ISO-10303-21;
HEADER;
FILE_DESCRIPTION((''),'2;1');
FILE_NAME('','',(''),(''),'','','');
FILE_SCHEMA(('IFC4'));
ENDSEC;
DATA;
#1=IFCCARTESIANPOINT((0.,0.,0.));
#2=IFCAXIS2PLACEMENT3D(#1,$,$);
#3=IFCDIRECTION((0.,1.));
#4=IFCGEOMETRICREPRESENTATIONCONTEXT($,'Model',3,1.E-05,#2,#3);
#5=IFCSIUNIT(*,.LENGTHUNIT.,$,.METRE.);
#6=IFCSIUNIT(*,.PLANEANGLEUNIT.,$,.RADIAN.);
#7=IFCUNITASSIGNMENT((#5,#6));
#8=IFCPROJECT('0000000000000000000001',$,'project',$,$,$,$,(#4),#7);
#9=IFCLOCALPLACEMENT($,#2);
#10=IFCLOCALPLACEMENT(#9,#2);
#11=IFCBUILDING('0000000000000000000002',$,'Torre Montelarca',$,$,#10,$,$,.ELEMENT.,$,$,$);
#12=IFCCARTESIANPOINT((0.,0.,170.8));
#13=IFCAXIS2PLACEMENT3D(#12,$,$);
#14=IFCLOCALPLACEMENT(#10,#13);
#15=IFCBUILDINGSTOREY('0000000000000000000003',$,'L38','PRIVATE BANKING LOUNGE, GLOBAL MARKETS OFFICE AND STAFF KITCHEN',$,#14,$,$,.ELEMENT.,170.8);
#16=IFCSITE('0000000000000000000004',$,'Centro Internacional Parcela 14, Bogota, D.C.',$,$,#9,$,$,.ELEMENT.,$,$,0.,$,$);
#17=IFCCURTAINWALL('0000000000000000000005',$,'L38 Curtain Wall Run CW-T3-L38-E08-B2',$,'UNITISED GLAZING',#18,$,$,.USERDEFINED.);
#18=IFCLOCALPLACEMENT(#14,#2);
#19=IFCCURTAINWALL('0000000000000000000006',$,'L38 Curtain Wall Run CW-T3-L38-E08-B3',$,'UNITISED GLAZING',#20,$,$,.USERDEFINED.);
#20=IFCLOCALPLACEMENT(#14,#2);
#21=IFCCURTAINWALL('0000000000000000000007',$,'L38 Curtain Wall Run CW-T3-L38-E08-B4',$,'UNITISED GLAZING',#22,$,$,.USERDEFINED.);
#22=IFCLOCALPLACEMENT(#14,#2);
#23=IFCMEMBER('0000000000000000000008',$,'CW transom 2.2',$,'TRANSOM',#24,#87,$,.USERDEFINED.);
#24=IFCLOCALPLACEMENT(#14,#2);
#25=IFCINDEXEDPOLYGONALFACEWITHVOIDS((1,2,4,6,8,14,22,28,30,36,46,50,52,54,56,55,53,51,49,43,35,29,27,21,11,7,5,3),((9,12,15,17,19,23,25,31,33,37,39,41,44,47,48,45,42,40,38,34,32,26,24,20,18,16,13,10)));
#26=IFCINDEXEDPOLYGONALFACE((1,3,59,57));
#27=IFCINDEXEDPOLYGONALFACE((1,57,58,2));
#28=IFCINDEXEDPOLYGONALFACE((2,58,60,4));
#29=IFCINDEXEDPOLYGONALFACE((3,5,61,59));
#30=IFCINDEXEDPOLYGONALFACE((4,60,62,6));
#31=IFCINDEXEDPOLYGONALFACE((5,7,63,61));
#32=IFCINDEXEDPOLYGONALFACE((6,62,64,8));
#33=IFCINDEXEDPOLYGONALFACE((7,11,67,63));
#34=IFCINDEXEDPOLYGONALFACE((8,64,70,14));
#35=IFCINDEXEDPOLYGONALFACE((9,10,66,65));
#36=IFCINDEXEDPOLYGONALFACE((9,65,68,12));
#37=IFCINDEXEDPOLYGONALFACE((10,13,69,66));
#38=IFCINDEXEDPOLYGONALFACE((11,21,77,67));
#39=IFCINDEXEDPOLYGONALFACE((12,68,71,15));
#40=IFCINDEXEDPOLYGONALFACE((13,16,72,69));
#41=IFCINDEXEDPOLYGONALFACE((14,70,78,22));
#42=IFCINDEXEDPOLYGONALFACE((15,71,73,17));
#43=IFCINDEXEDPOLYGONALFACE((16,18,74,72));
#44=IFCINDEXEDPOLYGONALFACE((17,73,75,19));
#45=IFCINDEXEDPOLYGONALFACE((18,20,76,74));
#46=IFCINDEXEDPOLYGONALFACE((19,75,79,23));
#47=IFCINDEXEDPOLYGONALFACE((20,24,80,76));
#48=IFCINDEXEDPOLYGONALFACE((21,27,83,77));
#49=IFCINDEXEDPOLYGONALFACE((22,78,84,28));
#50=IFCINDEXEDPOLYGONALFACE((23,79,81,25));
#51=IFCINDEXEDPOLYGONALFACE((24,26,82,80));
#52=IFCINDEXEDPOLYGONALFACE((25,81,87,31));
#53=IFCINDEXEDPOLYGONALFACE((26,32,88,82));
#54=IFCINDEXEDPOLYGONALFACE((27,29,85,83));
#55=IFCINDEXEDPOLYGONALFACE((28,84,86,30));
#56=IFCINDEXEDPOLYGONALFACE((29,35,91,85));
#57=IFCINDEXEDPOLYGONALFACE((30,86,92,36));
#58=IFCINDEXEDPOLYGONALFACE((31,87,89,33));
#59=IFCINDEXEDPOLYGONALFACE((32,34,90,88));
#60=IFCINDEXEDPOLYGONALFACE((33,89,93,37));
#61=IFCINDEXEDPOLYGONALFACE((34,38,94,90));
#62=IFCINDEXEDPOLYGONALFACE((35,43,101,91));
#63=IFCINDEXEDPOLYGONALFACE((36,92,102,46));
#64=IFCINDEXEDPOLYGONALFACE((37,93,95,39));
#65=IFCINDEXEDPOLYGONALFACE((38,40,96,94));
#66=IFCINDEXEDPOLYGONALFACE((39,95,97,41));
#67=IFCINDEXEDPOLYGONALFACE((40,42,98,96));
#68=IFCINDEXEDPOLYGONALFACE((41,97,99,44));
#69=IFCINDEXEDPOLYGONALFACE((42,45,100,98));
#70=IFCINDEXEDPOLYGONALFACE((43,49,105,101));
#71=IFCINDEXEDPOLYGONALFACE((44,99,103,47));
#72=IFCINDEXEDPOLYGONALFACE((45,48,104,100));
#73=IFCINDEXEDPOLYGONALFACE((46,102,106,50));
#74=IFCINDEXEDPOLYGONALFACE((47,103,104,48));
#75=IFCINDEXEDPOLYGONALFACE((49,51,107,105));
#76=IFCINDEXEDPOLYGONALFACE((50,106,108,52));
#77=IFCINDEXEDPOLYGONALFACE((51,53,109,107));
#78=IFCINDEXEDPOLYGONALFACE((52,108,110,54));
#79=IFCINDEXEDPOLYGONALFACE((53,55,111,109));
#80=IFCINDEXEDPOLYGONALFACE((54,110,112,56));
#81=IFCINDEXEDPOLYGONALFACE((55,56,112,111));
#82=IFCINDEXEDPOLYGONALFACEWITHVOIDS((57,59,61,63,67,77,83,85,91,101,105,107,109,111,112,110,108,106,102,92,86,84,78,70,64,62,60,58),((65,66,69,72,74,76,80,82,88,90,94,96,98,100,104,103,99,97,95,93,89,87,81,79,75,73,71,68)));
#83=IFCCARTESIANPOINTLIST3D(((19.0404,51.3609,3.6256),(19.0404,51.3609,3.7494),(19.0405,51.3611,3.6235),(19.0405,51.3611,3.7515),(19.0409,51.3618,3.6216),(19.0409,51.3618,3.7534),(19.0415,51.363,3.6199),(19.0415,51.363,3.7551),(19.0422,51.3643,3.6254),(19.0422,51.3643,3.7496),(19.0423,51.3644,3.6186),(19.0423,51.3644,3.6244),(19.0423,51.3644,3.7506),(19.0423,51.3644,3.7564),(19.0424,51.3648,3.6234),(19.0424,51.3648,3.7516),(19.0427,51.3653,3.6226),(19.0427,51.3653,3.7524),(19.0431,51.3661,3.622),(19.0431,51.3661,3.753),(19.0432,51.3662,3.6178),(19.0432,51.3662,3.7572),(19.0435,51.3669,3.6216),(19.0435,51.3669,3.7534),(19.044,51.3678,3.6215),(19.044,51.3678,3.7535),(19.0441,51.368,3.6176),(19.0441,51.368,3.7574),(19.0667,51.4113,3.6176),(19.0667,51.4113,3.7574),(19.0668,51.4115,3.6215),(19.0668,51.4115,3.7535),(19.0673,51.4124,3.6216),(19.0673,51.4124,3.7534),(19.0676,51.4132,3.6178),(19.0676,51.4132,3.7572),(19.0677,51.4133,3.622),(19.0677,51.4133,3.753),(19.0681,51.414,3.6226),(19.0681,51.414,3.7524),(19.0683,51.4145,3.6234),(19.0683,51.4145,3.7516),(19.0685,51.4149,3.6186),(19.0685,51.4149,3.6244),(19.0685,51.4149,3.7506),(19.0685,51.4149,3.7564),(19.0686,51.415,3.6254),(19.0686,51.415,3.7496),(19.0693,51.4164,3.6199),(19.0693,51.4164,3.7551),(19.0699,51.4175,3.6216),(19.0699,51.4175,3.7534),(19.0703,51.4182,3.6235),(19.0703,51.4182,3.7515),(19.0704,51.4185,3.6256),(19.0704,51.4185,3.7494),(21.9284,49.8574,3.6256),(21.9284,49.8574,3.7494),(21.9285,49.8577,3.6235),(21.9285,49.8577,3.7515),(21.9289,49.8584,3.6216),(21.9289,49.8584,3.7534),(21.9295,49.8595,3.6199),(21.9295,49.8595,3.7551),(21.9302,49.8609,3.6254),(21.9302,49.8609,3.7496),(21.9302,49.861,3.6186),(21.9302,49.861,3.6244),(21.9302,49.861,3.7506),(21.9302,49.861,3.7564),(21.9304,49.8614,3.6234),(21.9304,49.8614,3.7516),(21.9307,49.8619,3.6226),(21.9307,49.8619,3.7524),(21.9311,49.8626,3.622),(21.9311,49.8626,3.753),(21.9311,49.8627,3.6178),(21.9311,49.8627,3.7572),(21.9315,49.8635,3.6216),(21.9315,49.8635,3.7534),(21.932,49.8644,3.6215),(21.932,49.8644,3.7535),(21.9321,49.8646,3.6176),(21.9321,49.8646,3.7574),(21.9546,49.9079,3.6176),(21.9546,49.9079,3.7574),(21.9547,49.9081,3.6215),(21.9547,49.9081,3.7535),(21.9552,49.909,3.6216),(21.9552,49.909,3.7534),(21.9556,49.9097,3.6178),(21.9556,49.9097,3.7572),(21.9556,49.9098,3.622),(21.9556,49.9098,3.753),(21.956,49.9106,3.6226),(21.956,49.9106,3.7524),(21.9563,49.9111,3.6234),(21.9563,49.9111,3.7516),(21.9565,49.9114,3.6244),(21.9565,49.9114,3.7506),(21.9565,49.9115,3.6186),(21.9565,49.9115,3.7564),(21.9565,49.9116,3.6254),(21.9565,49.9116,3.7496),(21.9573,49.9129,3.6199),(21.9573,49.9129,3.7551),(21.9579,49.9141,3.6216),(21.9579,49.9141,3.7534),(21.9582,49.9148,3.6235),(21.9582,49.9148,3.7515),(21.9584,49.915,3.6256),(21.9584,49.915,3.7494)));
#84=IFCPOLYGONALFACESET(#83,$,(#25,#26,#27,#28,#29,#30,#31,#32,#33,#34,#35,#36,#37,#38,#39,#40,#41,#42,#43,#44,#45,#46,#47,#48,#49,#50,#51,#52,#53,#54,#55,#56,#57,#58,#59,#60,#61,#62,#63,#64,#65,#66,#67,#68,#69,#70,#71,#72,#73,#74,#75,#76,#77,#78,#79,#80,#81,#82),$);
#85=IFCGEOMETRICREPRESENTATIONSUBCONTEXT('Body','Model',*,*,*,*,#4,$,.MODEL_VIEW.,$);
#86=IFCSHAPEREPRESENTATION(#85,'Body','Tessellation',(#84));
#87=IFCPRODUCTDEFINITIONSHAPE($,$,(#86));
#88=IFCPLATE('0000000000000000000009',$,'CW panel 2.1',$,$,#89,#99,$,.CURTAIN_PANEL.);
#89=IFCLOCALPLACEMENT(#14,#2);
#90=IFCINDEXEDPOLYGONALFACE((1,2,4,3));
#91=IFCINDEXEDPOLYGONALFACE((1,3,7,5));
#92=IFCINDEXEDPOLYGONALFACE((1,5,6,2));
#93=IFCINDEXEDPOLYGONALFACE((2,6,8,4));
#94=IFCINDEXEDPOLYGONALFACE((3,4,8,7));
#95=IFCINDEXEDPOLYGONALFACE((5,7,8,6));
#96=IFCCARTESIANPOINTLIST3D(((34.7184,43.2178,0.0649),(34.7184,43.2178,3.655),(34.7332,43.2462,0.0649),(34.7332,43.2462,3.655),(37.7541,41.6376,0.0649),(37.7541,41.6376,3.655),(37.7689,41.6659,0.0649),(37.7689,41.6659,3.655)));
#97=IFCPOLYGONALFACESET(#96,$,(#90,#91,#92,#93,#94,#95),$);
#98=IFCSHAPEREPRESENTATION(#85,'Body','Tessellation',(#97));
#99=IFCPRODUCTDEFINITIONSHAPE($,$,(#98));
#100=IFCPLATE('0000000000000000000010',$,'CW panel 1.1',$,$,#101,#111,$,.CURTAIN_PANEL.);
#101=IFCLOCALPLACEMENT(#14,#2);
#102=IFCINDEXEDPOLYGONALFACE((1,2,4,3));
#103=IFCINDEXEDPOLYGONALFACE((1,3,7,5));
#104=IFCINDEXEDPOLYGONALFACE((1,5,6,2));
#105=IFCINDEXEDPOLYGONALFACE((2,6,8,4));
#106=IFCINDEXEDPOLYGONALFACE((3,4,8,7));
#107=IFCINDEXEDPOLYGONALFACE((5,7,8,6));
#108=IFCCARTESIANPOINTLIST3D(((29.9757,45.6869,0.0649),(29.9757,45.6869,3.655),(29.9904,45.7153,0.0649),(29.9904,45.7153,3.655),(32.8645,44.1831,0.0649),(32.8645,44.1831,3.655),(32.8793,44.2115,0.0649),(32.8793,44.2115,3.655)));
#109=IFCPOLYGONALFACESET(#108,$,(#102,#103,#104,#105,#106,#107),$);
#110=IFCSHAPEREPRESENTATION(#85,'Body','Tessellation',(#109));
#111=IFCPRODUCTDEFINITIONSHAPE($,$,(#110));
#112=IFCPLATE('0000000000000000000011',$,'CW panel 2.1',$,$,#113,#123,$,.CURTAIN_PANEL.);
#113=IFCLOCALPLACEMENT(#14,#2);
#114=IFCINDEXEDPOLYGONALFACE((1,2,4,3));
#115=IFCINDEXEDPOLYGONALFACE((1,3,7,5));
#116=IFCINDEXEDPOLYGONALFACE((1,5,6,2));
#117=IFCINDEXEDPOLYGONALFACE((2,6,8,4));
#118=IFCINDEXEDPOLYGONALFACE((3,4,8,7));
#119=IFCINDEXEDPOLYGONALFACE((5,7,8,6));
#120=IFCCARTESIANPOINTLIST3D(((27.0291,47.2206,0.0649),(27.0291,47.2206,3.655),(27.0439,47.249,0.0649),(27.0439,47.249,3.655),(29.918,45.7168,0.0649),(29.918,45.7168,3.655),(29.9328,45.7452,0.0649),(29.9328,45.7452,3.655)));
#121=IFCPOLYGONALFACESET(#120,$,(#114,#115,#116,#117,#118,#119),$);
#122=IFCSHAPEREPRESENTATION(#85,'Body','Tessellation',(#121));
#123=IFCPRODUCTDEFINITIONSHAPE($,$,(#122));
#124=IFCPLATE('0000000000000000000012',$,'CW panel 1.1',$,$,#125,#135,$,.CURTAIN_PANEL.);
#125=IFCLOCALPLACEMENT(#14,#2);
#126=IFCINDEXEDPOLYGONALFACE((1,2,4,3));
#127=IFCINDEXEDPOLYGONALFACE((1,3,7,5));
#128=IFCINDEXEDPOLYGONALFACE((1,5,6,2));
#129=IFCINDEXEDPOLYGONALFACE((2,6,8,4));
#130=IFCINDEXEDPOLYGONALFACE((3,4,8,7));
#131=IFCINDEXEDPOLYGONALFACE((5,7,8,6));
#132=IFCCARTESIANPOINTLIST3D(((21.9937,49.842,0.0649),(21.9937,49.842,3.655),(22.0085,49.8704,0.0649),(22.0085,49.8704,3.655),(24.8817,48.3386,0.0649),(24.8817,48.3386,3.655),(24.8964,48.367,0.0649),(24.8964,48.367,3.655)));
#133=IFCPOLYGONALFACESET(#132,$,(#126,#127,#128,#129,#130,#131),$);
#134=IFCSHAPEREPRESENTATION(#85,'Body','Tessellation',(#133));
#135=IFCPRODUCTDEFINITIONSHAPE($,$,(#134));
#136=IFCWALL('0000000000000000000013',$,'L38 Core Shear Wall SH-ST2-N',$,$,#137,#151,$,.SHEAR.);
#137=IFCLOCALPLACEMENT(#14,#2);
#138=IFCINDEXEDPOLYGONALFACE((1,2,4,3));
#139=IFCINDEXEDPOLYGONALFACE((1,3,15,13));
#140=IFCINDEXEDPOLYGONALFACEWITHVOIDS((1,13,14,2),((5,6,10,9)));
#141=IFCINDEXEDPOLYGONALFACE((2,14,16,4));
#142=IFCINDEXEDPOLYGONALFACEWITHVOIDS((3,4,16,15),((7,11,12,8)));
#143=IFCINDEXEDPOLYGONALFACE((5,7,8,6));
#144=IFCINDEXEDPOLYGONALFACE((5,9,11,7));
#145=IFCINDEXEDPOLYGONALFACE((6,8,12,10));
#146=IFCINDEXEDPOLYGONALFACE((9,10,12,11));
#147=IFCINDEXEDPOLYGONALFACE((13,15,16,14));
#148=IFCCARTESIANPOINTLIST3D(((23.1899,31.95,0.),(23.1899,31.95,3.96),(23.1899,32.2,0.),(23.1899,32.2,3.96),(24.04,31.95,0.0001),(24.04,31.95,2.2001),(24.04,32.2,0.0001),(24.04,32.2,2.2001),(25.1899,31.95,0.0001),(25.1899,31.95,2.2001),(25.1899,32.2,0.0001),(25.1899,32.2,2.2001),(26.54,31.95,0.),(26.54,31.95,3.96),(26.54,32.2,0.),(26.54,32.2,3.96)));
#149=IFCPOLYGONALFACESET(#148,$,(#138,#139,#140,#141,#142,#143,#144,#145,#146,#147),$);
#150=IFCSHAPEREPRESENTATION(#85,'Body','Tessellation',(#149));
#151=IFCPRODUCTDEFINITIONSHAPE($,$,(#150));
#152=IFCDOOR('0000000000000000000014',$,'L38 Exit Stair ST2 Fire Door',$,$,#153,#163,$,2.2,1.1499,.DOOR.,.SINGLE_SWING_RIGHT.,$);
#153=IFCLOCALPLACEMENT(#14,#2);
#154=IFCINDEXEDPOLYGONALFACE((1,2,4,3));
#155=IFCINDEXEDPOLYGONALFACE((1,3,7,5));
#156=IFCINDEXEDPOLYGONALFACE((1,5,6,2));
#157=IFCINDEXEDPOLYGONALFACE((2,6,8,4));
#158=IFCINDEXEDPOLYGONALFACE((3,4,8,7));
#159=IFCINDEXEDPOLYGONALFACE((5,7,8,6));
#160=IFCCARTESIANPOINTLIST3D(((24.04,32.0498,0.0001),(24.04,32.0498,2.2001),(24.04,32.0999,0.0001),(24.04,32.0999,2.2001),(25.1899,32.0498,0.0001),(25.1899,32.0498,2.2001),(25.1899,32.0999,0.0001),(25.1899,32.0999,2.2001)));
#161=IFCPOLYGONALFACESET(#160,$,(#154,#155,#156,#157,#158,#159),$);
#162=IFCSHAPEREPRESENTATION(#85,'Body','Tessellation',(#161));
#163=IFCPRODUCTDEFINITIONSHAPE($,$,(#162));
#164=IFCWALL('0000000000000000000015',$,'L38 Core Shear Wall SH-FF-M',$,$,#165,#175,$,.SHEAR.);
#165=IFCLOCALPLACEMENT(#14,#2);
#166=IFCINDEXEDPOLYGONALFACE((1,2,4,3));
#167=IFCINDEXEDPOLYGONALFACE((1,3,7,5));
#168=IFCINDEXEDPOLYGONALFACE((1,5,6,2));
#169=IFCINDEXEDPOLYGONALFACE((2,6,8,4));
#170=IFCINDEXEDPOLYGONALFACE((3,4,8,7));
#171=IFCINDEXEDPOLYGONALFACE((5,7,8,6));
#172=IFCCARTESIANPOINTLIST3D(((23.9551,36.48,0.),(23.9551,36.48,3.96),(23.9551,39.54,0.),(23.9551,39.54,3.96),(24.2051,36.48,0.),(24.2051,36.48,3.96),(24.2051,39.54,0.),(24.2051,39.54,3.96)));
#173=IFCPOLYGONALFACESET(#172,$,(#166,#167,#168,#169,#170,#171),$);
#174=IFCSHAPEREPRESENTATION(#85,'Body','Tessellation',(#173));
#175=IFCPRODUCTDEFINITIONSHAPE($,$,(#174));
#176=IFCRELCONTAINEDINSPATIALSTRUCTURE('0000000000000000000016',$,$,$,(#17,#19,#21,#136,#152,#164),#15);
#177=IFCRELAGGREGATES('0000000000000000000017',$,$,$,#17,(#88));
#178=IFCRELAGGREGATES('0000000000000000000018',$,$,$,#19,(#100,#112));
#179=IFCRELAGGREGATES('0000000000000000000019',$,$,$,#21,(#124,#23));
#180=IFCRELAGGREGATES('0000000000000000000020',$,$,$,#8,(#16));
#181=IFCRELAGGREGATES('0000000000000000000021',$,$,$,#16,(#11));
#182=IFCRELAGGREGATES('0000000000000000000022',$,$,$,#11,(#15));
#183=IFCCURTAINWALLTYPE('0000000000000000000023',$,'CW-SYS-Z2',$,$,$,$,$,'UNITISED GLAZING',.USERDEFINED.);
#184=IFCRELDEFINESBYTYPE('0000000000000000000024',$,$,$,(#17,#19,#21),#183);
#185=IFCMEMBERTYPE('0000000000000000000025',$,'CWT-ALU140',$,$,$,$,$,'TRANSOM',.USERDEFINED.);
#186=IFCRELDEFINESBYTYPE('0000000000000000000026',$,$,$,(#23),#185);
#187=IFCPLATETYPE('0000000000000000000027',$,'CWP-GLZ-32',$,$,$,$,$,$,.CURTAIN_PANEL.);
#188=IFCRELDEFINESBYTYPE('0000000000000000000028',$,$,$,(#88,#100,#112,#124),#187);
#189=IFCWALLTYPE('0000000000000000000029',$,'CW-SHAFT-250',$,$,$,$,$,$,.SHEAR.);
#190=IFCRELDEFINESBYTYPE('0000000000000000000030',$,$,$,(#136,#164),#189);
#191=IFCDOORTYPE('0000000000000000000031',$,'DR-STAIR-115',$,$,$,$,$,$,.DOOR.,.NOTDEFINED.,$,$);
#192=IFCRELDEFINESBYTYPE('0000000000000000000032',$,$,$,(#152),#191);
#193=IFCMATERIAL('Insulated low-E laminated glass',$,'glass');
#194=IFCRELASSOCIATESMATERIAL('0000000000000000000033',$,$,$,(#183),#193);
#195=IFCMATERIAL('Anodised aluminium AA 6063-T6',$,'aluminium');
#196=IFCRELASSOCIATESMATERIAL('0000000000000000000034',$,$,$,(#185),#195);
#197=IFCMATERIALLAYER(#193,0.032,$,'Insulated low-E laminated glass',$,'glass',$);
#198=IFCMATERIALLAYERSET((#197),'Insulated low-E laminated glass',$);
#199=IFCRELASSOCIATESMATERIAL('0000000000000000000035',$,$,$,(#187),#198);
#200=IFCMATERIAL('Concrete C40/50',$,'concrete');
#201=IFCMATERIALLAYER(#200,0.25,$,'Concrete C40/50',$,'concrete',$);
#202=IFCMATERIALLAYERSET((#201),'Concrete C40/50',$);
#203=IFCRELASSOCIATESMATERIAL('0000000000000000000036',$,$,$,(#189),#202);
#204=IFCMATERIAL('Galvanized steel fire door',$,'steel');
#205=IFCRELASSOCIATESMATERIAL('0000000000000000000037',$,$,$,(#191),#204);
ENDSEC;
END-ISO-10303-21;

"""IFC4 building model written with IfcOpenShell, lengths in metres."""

from ifc_helpers import new_model, si_unit, direction, frame, frame_2d, origin, origin_2d, place, context, subcontext, project, spatial, rectangle, hollow_rectangle, extrude, source, transform, mapped, material, layer, layer_set, material_profile, profile_set, type_object, element, fill, aggregate, save


model = new_model("IFC4")

# Units and contexts
model_context = context("Model", 3, precision=1e-05, world=origin(), true_north=direction((0.0, 1.0)))
body_context = subcontext(model_context, "Body", "Model", "MODEL_VIEW")
ifc_project = project(units=[si_unit("LENGTHUNIT", "METRE"), si_unit("PLANEANGLEUNIT", "RADIAN")], contexts=[model_context])

# Site, building, storey
site_placement = place(None, origin())
site = spatial("IfcSite", under=ifc_project, at=site_placement, Name="Centro Internacional Parcela 14, Bogota, D.C.", CompositionType="ELEMENT", RefElevation=0.0)
building_placement = place(site_placement, origin())
building = spatial("IfcBuilding", under=site, at=building_placement, Name="Torre Montelarca", CompositionType="ELEMENT")
storey_placement = place(building_placement, frame((0.0, 0.0, 170.8)))
storey = spatial("IfcBuildingStorey", under=building, at=storey_placement, Name="L38", Description="PRIVATE BANKING LOUNGE, GLOBAL MARKETS OFFICE AND STAFF KITCHEN", CompositionType="ELEMENT", Elevation=170.8)

# Curtain wall
ifc_material_1 = material(Name="Insulated low-E laminated glass", Category="glass")
curtain_wall_type = type_object("IfcCurtainWallType", Name="CW-SYS-Z2", ElementType="UNITISED GLAZING", PredefinedType="USERDEFINED", material=ifc_material_1)
curtain_wall_1_placement = place(storey_placement, origin())
curtain_wall_1 = element("IfcCurtainWall", 1, at=curtain_wall_1_placement, inside=storey, type_object=curtain_wall_type, Name="L38 Curtain Wall Run CW-T3-L38-E08-B2", ObjectType="UNITISED GLAZING", PredefinedType="USERDEFINED")
ifc_material_2 = material(Name="Anodised aluminium AA 6063-T6", Category="aluminium")

# Curtain walls
curtain_wall_2_placement = place(storey_placement, origin())
curtain_wall_2 = element("IfcCurtainWall", 2, at=curtain_wall_2_placement, inside=storey, type_object=curtain_wall_type, Name="L38 Curtain Wall Run CW-T3-L38-E08-B3", ObjectType="UNITISED GLAZING", PredefinedType="USERDEFINED")
curtain_wall_3_placement = place(storey_placement, origin())
curtain_wall_3 = element("IfcCurtainWall", 3, at=curtain_wall_3_placement, inside=storey, type_object=curtain_wall_type, Name="L38 Curtain Wall Run CW-T3-L38-E08-B4", ObjectType="UNITISED GLAZING", PredefinedType="USERDEFINED")

# Member
ifc_material_profile_1 = material_profile(ifc_material_2, hollow_rectangle(XDim=0.0649, YDim=0.1399, WallThickness=0.0039, InnerFilletRadius=0.0039, OuterFilletRadius=0.0081, at=origin_2d()), Name="ALU65X140X4", Category="aluminium")
ifc_profile_set_1 = profile_set([ifc_material_profile_1], Name="Anodised aluminium AA 6063-T6")
member_type_1 = type_object("IfcMemberType", Name="CWT-ALU140", ElementType="TRANSOM", PredefinedType="USERDEFINED", material=ifc_profile_set_1)
shared_shape_1 = source(origin(), body_context, "Body", "SweptSolid", [
    extrude(hollow_rectangle(XDim=0.0649, YDim=0.1399, WallThickness=0.0039, InnerFilletRadius=0.0039, OuterFilletRadius=0.0081, at=origin_2d()), origin(), (0.0, 0.0, 1.0), 3.2559),
])
member_1_placement = place(storey_placement, frame((21.9434, 49.8862, 3.6875), z_axis=(-0.887004, 0.461761, 0.0), x_axis=(-0.461761, -0.887004, 0.0)))
member_1 = element("IfcMember", 4, at=member_1_placement, type_object=member_type_1, Name="CW transom 2.2", ObjectType="TRANSOM", PredefinedType="USERDEFINED", context=body_context, shape_type="MappedRepresentation", body=[
    mapped(shared_shape_1, transform((0.0, 0.0, 0.0), scale=1.0)),
])

# Plates
ifc_layer_1 = layer(ifc_material_1, 0.032, Name="Insulated low-E laminated glass", Category="glass")
ifc_layer_set_1 = layer_set([ifc_layer_1], Name="Insulated low-E laminated glass")
plate_type = type_object("IfcPlateType", Name="CWP-GLZ-32", PredefinedType="CURTAIN_PANEL", material=ifc_layer_set_1)
shared_shape_2 = source(origin(), body_context, "Body", "SweptSolid", [
    extrude(rectangle(XDim=3.4224, YDim=0.032, at=origin_2d()), origin(), (0.0, 0.0, 1.0), 3.5901),
])
plate_1_placement = place(storey_placement, frame((36.2437, 42.4419, 0.0649), z_axis=(0.0, 0.0, 1.0), x_axis=(-0.887013, 0.461745, 0.0)))
plate_1 = element("IfcPlate", 5, at=plate_1_placement, type_object=plate_type, Name="CW panel 2.1", PredefinedType="CURTAIN_PANEL", context=body_context, shape_type="MappedRepresentation", body=[
    mapped(shared_shape_2, transform((0.0, 0.0, 0.0), scale=1.0)),
])
aggregate(curtain_wall_1, [plate_1])
shared_shape_3 = source(origin(), body_context, "Body", "SweptSolid", [
    extrude(rectangle(XDim=3.2568, YDim=0.032, at=origin_2d()), origin(), (0.0, 0.0, 1.0), 3.5901),
])
plate_2_placement = place(storey_placement, frame((31.4275, 44.9492, 0.0649), z_axis=(0.0, 0.0, 1.0), x_axis=(-0.887013, 0.461744, 0.0)))
plate_2 = element("IfcPlate", 6, at=plate_2_placement, type_object=plate_type, Name="CW panel 1.1", PredefinedType="CURTAIN_PANEL", context=body_context, shape_type="MappedRepresentation", body=[
    mapped(shared_shape_3, transform((0.0, 0.0, 0.0), scale=1.0)),
])
plate_3_placement = place(storey_placement, frame((28.481, 46.4829, 0.0649), z_axis=(0.0, 0.0, 1.0), x_axis=(-0.887013, 0.461744, 0.0)))
plate_3 = element("IfcPlate", 7, at=plate_3_placement, type_object=plate_type, Name="CW panel 2.1", PredefinedType="CURTAIN_PANEL", context=body_context, shape_type="MappedRepresentation", body=[
    mapped(shared_shape_3, transform((0.0, 0.0, 0.0), scale=1.0)),
])
aggregate(curtain_wall_2, [plate_2, plate_3])
shared_shape_4 = source(origin(), body_context, "Body", "SweptSolid", [
    extrude(rectangle(XDim=3.2559, YDim=0.032, at=origin_2d()), origin(), (0.0, 0.0, 1.0), 3.5901),
])
plate_4_placement = place(storey_placement, frame((23.4451, 49.1045, 0.0649), z_axis=(0.0, 0.0, 1.0), x_axis=(-0.887011, 0.461748, 0.0)))
plate_4 = element("IfcPlate", 8, at=plate_4_placement, type_object=plate_type, Name="CW panel 1.1", PredefinedType="CURTAIN_PANEL", context=body_context, shape_type="MappedRepresentation", body=[
    mapped(shared_shape_4, transform((0.0, 0.0, 0.0), scale=1.0)),
])
aggregate(curtain_wall_3, [plate_4, member_1])

# Wall, opening, door
ifc_material_3 = material(Name="Concrete C40/50", Category="concrete")
ifc_layer_2 = layer(ifc_material_3, 0.25, Name="Concrete C40/50", Category="concrete")
ifc_layer_set_2 = layer_set([ifc_layer_2], Name="Concrete C40/50")
wall_type = type_object("IfcWallType", Name="CW-SHAFT-250", PredefinedType="SHEAR", material=ifc_layer_set_2)
wall_1_placement = place(storey_placement, frame((23.1899, 32.075, 0.0), z_axis=(0.0, 0.0, 1.0), x_axis=(1.0, 0.0, 0.0)))
wall_1 = element("IfcWall", 9, at=wall_1_placement, inside=storey, type_object=wall_type, Name="L38 Core Shear Wall SH-ST2-N", PredefinedType="SHEAR", context=body_context, shape_type="SweptSolid", body=[
    extrude(rectangle(XDim=3.3501, YDim=0.25, at=frame_2d((1.675, 0.0))), origin(), (0.0, 0.0, 1.0), 3.96),
])
opening_placement = place(wall_1_placement, frame((0.8501, 0.0, 0.0)))
opening = element("IfcOpeningElement", 10, at=opening_placement, cuts=wall_1, PredefinedType="OPENING", context=body_context, shape_type="SweptSolid", body=[
    extrude(rectangle(XDim=1.1499, YDim=2.2, at=frame_2d((0.575, 1.1001))), frame((0.0, 0.135, 0.0), z_axis=(0.0, -1.0, 0.0), x_axis=(1.0, 0.0, 0.0)), (0.0, 0.0, 1.0), 0.27),
])
ifc_material_4 = material(Name="Galvanized steel fire door", Category="steel")
door_type = type_object("IfcDoorType", Name="DR-STAIR-115", OperationType="NOTDEFINED", PredefinedType="DOOR", material=ifc_material_4)
shared_shape_5 = source(origin(), body_context, "Body", "SweptSolid", [
    extrude(rectangle(XDim=1.1499, YDim=2.2, at=frame_2d((0.575, 1.1001))), frame((0.0, 0.0249, 0.0), z_axis=(0.0, -1.0, 0.0), x_axis=(1.0, 0.0, 0.0)), (0.0, 0.0, 1.0), 0.05),
])
door_placement = place(opening_placement, origin())
door = element("IfcDoor", 11, at=door_placement, inside=storey, type_object=door_type, Name="L38 Exit Stair ST2 Fire Door", OperationType="SINGLE_SWING_RIGHT", OverallHeight=2.2, OverallWidth=1.1499, PredefinedType="DOOR", context=body_context, shape_type="MappedRepresentation", body=[
    mapped(shared_shape_5, transform((0.0, 0.0, 0.0), scale=1.0)),
])
fill(opening, door)

# Wall
wall_2_placement = place(storey_placement, frame((24.0801, 36.48, 0.0), z_axis=(0.0, 0.0, 1.0), x_axis=(0.0, 1.0, 0.0)))
element("IfcWall", 12, at=wall_2_placement, inside=storey, type_object=wall_type, Name="L38 Core Shear Wall SH-FF-M", PredefinedType="SHEAR", context=body_context, shape_type="SweptSolid", body=[
    extrude(rectangle(XDim=3.0601, YDim=0.25, at=frame_2d((1.53, 0.0))), origin(), (0.0, 0.0, 1.0), 3.96),
])

save(model, "model.ifc")
